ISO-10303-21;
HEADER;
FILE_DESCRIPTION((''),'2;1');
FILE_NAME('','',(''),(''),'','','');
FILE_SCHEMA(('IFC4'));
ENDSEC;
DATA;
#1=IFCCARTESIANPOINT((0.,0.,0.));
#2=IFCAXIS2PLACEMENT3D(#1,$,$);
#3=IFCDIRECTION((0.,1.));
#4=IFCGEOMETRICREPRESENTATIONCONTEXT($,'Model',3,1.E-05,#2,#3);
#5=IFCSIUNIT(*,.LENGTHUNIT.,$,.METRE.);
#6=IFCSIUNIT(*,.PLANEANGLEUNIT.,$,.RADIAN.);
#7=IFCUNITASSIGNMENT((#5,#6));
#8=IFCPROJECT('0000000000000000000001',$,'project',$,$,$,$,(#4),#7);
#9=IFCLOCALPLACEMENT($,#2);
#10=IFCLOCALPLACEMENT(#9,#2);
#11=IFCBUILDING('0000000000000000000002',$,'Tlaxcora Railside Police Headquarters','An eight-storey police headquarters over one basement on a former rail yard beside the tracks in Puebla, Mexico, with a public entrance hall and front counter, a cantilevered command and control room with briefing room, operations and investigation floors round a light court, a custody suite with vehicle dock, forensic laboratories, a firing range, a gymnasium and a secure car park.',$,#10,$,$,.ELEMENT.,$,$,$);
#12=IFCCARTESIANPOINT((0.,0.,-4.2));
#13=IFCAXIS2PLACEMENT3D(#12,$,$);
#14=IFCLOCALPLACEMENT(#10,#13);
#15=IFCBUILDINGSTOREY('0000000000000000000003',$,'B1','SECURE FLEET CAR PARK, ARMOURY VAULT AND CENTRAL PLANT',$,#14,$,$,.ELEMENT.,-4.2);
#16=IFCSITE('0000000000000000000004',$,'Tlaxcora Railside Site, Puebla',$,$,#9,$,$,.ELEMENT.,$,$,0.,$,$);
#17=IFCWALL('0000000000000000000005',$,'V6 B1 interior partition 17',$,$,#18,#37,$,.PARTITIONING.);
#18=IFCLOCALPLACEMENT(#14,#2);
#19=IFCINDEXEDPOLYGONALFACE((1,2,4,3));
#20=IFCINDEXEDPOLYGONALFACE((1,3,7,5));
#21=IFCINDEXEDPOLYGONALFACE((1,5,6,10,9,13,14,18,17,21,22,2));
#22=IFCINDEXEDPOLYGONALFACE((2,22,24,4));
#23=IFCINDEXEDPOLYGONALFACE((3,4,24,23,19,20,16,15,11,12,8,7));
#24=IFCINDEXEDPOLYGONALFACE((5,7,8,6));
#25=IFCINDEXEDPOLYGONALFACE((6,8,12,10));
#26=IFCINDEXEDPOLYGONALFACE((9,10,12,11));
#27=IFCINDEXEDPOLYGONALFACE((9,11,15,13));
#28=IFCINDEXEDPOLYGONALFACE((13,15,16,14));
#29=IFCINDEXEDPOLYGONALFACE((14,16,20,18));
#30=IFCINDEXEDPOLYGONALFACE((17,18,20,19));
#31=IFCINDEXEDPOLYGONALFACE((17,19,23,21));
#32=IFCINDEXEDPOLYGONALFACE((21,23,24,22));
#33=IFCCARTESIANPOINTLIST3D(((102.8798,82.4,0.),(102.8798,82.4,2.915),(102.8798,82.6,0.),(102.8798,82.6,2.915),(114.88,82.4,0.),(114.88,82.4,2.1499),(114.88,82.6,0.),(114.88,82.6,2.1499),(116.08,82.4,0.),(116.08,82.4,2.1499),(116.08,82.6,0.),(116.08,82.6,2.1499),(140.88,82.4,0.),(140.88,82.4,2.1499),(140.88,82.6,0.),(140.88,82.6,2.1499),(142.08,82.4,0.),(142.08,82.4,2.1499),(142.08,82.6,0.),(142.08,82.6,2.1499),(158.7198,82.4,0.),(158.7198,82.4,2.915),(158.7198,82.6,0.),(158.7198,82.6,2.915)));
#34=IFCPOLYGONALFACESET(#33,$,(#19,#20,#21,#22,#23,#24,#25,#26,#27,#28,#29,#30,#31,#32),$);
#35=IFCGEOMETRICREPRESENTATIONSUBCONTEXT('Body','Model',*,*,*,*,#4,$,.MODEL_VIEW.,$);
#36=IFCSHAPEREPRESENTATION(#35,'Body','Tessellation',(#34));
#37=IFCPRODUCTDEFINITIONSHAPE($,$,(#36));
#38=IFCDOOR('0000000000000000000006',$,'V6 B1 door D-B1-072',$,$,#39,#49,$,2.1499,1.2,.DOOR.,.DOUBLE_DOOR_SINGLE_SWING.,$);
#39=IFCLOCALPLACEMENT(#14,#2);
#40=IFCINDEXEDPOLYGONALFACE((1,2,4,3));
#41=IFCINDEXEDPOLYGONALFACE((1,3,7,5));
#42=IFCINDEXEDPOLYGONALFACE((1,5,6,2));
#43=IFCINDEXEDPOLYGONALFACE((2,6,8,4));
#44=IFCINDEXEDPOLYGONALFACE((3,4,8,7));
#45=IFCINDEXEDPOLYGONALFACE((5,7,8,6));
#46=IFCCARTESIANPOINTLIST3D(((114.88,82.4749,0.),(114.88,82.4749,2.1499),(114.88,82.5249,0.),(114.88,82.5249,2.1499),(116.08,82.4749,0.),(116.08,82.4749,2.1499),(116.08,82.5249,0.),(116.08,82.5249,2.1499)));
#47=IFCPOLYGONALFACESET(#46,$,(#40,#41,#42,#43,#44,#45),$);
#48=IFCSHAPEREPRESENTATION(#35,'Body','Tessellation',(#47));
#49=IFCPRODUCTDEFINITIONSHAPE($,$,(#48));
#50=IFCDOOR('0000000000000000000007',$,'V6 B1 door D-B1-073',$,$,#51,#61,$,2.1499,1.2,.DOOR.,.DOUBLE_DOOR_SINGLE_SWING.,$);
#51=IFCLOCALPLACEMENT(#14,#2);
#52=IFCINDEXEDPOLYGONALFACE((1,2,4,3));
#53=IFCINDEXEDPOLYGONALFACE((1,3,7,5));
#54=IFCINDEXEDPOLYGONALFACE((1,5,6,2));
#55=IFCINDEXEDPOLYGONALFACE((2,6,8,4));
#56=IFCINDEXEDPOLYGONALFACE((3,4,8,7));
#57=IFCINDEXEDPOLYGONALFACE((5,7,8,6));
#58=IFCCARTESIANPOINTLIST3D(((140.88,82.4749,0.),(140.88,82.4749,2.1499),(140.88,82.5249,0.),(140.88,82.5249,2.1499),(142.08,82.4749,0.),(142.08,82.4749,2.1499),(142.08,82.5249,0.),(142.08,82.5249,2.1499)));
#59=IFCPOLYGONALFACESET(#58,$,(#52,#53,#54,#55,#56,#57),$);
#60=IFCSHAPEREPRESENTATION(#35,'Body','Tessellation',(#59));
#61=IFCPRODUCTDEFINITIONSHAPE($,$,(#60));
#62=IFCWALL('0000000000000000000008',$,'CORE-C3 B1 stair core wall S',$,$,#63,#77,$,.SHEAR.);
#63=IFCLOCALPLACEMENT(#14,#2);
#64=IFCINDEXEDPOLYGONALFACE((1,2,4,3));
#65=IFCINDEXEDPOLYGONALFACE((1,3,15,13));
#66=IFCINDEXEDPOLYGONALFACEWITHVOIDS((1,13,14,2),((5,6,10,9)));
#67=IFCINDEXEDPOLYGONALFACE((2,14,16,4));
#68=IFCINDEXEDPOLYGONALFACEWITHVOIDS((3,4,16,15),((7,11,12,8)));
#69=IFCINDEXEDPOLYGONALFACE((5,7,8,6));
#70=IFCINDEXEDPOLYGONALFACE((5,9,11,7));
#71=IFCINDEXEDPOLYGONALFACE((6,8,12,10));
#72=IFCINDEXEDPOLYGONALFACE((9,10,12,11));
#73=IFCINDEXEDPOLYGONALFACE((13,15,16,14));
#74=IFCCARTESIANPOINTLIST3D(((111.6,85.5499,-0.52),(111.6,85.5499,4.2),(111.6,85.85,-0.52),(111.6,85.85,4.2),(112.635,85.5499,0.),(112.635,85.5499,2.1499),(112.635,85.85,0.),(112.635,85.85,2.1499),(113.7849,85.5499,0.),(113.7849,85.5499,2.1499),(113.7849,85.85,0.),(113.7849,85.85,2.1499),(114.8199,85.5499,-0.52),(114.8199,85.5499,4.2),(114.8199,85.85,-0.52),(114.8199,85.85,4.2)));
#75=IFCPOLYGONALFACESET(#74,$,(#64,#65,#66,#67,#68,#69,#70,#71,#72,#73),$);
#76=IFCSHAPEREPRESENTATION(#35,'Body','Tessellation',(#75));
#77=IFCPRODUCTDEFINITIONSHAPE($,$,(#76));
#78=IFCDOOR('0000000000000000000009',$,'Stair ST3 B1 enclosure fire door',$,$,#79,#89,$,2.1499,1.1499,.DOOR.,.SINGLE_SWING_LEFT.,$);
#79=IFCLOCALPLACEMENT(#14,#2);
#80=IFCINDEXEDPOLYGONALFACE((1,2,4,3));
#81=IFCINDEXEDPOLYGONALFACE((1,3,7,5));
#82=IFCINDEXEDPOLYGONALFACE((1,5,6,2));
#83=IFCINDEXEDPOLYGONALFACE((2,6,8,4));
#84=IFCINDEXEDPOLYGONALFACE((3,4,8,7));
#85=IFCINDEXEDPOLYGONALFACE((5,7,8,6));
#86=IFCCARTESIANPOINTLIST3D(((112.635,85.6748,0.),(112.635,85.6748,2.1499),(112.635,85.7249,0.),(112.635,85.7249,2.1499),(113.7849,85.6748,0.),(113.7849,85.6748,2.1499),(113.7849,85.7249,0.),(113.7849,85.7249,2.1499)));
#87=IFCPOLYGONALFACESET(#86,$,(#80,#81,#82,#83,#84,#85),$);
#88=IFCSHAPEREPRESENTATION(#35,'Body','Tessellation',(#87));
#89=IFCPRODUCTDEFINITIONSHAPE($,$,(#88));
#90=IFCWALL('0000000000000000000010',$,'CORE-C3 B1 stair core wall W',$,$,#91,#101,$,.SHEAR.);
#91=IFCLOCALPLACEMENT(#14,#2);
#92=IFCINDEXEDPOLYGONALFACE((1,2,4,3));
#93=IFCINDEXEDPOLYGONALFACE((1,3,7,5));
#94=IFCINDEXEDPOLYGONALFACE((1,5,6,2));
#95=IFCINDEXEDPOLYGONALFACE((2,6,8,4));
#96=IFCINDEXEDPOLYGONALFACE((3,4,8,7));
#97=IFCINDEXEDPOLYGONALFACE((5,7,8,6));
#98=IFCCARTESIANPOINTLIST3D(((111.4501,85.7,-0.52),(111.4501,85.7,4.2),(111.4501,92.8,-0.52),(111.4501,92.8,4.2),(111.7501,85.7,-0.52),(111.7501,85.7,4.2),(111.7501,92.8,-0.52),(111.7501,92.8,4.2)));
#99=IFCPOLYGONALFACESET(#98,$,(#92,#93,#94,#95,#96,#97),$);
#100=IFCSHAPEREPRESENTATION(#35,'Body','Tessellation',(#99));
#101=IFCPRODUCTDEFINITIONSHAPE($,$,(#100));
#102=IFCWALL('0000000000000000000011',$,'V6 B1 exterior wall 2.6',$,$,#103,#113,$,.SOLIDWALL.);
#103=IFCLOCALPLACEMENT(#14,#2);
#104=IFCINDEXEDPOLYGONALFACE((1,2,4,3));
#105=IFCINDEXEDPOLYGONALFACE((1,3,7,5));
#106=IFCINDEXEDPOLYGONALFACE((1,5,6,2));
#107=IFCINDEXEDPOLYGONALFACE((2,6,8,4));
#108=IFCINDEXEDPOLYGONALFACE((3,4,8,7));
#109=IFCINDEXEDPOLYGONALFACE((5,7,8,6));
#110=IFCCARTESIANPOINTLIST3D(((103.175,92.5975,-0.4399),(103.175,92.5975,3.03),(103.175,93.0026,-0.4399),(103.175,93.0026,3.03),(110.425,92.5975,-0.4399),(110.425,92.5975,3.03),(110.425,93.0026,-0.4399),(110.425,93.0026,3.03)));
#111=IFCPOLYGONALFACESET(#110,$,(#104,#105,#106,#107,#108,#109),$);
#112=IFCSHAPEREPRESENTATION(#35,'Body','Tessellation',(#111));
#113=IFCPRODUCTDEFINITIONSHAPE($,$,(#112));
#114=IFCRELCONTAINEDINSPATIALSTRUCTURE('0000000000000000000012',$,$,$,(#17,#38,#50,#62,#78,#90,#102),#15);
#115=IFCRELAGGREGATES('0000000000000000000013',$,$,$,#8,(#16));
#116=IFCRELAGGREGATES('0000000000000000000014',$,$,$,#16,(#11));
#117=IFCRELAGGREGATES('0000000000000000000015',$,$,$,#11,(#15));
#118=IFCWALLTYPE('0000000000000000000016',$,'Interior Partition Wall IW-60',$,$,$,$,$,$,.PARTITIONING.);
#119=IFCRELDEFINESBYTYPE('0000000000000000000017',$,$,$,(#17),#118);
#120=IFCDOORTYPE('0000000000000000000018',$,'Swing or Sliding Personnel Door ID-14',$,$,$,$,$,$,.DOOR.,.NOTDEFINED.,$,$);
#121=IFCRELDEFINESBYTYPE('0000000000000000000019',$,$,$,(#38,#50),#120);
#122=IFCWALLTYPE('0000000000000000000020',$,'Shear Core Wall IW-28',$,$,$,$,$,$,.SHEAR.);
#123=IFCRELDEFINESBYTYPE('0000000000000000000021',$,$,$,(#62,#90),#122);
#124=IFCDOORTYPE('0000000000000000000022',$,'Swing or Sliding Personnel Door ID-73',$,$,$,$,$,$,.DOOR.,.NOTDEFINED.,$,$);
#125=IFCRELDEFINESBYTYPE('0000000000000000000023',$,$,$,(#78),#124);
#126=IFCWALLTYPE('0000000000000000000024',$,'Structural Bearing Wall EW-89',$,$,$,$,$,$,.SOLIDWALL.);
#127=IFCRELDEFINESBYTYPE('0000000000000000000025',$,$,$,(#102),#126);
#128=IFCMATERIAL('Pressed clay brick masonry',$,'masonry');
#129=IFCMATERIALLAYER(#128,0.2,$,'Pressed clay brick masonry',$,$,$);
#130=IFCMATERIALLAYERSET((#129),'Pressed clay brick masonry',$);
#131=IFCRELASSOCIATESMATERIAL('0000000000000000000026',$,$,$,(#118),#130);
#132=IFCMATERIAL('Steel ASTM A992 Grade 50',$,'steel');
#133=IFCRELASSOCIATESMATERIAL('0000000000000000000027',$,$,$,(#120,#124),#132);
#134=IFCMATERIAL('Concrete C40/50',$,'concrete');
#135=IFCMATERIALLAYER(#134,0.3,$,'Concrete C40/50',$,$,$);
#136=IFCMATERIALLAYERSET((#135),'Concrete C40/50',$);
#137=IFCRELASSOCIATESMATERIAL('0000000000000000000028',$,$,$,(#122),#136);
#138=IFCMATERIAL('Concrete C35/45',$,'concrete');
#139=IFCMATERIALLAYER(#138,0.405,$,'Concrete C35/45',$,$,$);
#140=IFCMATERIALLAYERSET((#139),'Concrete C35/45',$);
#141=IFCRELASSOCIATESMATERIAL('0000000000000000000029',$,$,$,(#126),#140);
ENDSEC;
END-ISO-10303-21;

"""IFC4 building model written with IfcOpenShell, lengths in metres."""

from ifc_helpers import new_model, si_unit, direction, frame, frame_2d, origin, place, context, subcontext, project, spatial, rectangle, extrude, material, layer, layer_set, type_object, element, fill, save


model = new_model("IFC4")

# Units and contexts
model_context = context("Model", 3, precision=1e-05, world=origin(), true_north=direction((0.0, 1.0)))
body_context = subcontext(model_context, "Body", "Model", "MODEL_VIEW")
ifc_project = project(units=[si_unit("LENGTHUNIT", "METRE"), si_unit("PLANEANGLEUNIT", "RADIAN")], contexts=[model_context])

# Site, building, storey
site_placement = place(None, origin())
site = spatial("IfcSite", under=ifc_project, at=site_placement, Name="Tlaxcora Railside Site, Puebla", CompositionType="ELEMENT", RefElevation=0.0)
building_placement = place(site_placement, origin())
building = spatial("IfcBuilding", under=site, at=building_placement, Name="Tlaxcora Railside Police Headquarters", Description="An eight-storey police headquarters over one basement on a former rail yard beside the tracks in Puebla, Mexico, with a public entrance hall and front counter, a cantilevered command and control room with briefing room, operations and investigation floors round a light court, a custody suite with vehicle dock, forensic laboratories, a firing range, a gymnasium and a secure car park.", CompositionType="ELEMENT")
storey_placement = place(building_placement, frame((0.0, 0.0, -4.2)))
storey = spatial("IfcBuildingStorey", under=building, at=storey_placement, Name="B1", Description="SECURE FLEET CAR PARK, ARMOURY VAULT AND CENTRAL PLANT", CompositionType="ELEMENT", Elevation=-4.2)

# Shared definitions
ifc_material_1 = material(Name="Concrete C35/45", Category="concrete")

# Shared definitions
ifc_material_2 = material(Name="Concrete C40/50", Category="concrete")

# Shared definitions
ifc_material_3 = material(Name="Steel ASTM A992 Grade 50", Category="steel")

# Wall, openings, doors
ifc_material_4 = material(Name="Pressed clay brick masonry", Category="masonry")
ifc_layer_1 = layer(ifc_material_4, 0.2, Name="Pressed clay brick masonry")
ifc_layer_set_1 = layer_set([ifc_layer_1], Name="Pressed clay brick masonry")
wall_type_1 = type_object("IfcWallType", Name="Interior Partition Wall IW-60", PredefinedType="PARTITIONING", material=ifc_layer_set_1)
wall_1_placement = place(storey_placement, frame((102.8799, 82.5, 0.0), z_axis=(0.0, 0.0, 1.0), x_axis=(1.0, 0.0, 0.0)))
wall_1 = element("IfcWall", 1, at=wall_1_placement, inside=storey, type_object=wall_type_1, Name="V6 B1 interior partition 17", PredefinedType="PARTITIONING", context=body_context, shape_type="SweptSolid", body=[
    extrude(rectangle(XDim=55.8401, YDim=0.2, at=frame_2d((27.9199, 0.0))), origin(), (0.0, 0.0, 1.0), 2.915),
])
opening_1_placement = place(wall_1_placement, frame((12.0, 0.0, 0.0)))
opening_1 = element("IfcOpeningElement", 2, at=opening_1_placement, cuts=wall_1, PredefinedType="OPENING", context=body_context, shape_type="SweptSolid", body=[
    extrude(rectangle(XDim=1.2, YDim=2.1499, at=frame_2d((0.6001, 1.075))), frame((0.0, 0.1099, 0.0), z_axis=(0.0, -1.0, 0.0), x_axis=(1.0, 0.0, 0.0)), (0.0, 0.0, 1.0), 0.22),
])
opening_2_placement = place(wall_1_placement, frame((38.0, 0.0, 0.0)))
opening_2 = element("IfcOpeningElement", 3, at=opening_2_placement, cuts=wall_1, PredefinedType="OPENING", context=body_context, shape_type="SweptSolid", body=[
    extrude(rectangle(XDim=1.2, YDim=2.1499, at=frame_2d((0.6001, 1.075))), frame((0.0, 0.1099, 0.0), z_axis=(0.0, -1.0, 0.0), x_axis=(1.0, 0.0, 0.0)), (0.0, 0.0, 1.0), 0.22),
])
door_type_1 = type_object("IfcDoorType", Name="Swing or Sliding Personnel Door ID-14", OperationType="NOTDEFINED", PredefinedType="DOOR", material=ifc_material_3)
door_1_placement = place(opening_1_placement, origin())
door_1 = element("IfcDoor", 4, at=door_1_placement, inside=storey, type_object=door_type_1, Name="V6 B1 door D-B1-072", OperationType="DOUBLE_DOOR_SINGLE_SWING", OverallHeight=2.1499, OverallWidth=1.2, PredefinedType="DOOR", context=body_context, shape_type="SweptSolid", body=[
    extrude(rectangle(XDim=1.2, YDim=2.1499, at=frame_2d((0.6001, 1.075))), frame((0.0, 0.0249, 0.0), z_axis=(0.0, -1.0, 0.0), x_axis=(1.0, 0.0, 0.0)), (0.0, 0.0, 1.0), 0.05),
])
fill(opening_1, door_1)
door_2_placement = place(opening_2_placement, origin())
door_2 = element("IfcDoor", 5, at=door_2_placement, inside=storey, type_object=door_type_1, Name="V6 B1 door D-B1-073", OperationType="DOUBLE_DOOR_SINGLE_SWING", OverallHeight=2.1499, OverallWidth=1.2, PredefinedType="DOOR", context=body_context, shape_type="SweptSolid", body=[
    extrude(rectangle(XDim=1.2, YDim=2.1499, at=frame_2d((0.6001, 1.075))), frame((0.0, 0.0249, 0.0), z_axis=(0.0, -1.0, 0.0), x_axis=(1.0, 0.0, 0.0)), (0.0, 0.0, 1.0), 0.05),
])
fill(opening_2, door_2)

# Wall, opening, door
ifc_layer_2 = layer(ifc_material_2, 0.3, Name="Concrete C40/50")
ifc_layer_set_2 = layer_set([ifc_layer_2], Name="Concrete C40/50")
wall_type_2 = type_object("IfcWallType", Name="Shear Core Wall IW-28", PredefinedType="SHEAR", material=ifc_layer_set_2)
wall_2_placement = place(storey_placement, frame((111.6001, 85.7, -0.52), z_axis=(0.0, 0.0, 1.0), x_axis=(1.0, 0.0, 0.0)))
wall_2 = element("IfcWall", 6, at=wall_2_placement, inside=storey, type_object=wall_type_2, Name="CORE-C3 B1 stair core wall S", PredefinedType="SHEAR", context=body_context, shape_type="SweptSolid", body=[
    extrude(rectangle(XDim=3.22, YDim=0.3, at=frame_2d((1.6099, 0.0))), origin(), (0.0, 0.0, 1.0), 4.72),
])
opening_3_placement = place(wall_2_placement, frame((1.0349, 0.0, 0.52)))
opening_3 = element("IfcOpeningElement", 7, at=opening_3_placement, cuts=wall_2, PredefinedType="OPENING", context=body_context, shape_type="SweptSolid", body=[
    extrude(rectangle(XDim=1.1499, YDim=2.1499, at=frame_2d((0.575, 1.075))), frame((0.0, 0.1602, 0.0), z_axis=(0.0, -1.0, 0.0), x_axis=(1.0, 0.0, 0.0)), (0.0, 0.0, 1.0), 0.3201),
])
door_type_2 = type_object("IfcDoorType", Name="Swing or Sliding Personnel Door ID-73", OperationType="NOTDEFINED", PredefinedType="DOOR", material=ifc_material_3)
door_3_placement = place(opening_3_placement, origin())
door_3 = element("IfcDoor", 8, at=door_3_placement, inside=storey, type_object=door_type_2, Name="Stair ST3 B1 enclosure fire door", OperationType="SINGLE_SWING_LEFT", OverallHeight=2.1499, OverallWidth=1.1499, PredefinedType="DOOR", context=body_context, shape_type="SweptSolid", body=[
    extrude(rectangle(XDim=1.1499, YDim=2.1499, at=frame_2d((0.575, 1.075))), frame((0.0, 0.0249, 0.0), z_axis=(0.0, -1.0, 0.0), x_axis=(1.0, 0.0, 0.0)), (0.0, 0.0, 1.0), 0.05),
])
fill(opening_3, door_3)

# Walls
wall_3_placement = place(storey_placement, frame((111.6001, 92.8, -0.52), z_axis=(0.0, 0.0, 1.0), x_axis=(0.0, -1.0, 0.0)))
element("IfcWall", 9, at=wall_3_placement, inside=storey, type_object=wall_type_2, Name="CORE-C3 B1 stair core wall W", PredefinedType="SHEAR", context=body_context, shape_type="SweptSolid", body=[
    extrude(rectangle(XDim=7.1001, YDim=0.3, at=frame_2d((3.55, 0.0))), origin(), (0.0, 0.0, 1.0), 4.72),
])
ifc_layer_3 = layer(ifc_material_1, 0.405, Name="Concrete C35/45")
ifc_layer_set_3 = layer_set([ifc_layer_3], Name="Concrete C35/45")
wall_type_3 = type_object("IfcWallType", Name="Structural Bearing Wall EW-89", PredefinedType="SOLIDWALL", material=ifc_layer_set_3)
wall_4_placement = place(storey_placement, frame((110.425, 92.8, -0.4399), z_axis=(0.0, 0.0, 1.0), x_axis=(-1.0, 0.0, 0.0)))
element("IfcWall", 10, at=wall_4_placement, inside=storey, type_object=wall_type_3, Name="V6 B1 exterior wall 2.6", PredefinedType="SOLIDWALL", context=body_context, shape_type="SweptSolid", body=[
    extrude(rectangle(XDim=7.25, YDim=0.405, at=frame_2d((3.625, 0.0))), origin(), (0.0, 0.0, 1.0), 3.47),
])

save(model, "model.ifc")
